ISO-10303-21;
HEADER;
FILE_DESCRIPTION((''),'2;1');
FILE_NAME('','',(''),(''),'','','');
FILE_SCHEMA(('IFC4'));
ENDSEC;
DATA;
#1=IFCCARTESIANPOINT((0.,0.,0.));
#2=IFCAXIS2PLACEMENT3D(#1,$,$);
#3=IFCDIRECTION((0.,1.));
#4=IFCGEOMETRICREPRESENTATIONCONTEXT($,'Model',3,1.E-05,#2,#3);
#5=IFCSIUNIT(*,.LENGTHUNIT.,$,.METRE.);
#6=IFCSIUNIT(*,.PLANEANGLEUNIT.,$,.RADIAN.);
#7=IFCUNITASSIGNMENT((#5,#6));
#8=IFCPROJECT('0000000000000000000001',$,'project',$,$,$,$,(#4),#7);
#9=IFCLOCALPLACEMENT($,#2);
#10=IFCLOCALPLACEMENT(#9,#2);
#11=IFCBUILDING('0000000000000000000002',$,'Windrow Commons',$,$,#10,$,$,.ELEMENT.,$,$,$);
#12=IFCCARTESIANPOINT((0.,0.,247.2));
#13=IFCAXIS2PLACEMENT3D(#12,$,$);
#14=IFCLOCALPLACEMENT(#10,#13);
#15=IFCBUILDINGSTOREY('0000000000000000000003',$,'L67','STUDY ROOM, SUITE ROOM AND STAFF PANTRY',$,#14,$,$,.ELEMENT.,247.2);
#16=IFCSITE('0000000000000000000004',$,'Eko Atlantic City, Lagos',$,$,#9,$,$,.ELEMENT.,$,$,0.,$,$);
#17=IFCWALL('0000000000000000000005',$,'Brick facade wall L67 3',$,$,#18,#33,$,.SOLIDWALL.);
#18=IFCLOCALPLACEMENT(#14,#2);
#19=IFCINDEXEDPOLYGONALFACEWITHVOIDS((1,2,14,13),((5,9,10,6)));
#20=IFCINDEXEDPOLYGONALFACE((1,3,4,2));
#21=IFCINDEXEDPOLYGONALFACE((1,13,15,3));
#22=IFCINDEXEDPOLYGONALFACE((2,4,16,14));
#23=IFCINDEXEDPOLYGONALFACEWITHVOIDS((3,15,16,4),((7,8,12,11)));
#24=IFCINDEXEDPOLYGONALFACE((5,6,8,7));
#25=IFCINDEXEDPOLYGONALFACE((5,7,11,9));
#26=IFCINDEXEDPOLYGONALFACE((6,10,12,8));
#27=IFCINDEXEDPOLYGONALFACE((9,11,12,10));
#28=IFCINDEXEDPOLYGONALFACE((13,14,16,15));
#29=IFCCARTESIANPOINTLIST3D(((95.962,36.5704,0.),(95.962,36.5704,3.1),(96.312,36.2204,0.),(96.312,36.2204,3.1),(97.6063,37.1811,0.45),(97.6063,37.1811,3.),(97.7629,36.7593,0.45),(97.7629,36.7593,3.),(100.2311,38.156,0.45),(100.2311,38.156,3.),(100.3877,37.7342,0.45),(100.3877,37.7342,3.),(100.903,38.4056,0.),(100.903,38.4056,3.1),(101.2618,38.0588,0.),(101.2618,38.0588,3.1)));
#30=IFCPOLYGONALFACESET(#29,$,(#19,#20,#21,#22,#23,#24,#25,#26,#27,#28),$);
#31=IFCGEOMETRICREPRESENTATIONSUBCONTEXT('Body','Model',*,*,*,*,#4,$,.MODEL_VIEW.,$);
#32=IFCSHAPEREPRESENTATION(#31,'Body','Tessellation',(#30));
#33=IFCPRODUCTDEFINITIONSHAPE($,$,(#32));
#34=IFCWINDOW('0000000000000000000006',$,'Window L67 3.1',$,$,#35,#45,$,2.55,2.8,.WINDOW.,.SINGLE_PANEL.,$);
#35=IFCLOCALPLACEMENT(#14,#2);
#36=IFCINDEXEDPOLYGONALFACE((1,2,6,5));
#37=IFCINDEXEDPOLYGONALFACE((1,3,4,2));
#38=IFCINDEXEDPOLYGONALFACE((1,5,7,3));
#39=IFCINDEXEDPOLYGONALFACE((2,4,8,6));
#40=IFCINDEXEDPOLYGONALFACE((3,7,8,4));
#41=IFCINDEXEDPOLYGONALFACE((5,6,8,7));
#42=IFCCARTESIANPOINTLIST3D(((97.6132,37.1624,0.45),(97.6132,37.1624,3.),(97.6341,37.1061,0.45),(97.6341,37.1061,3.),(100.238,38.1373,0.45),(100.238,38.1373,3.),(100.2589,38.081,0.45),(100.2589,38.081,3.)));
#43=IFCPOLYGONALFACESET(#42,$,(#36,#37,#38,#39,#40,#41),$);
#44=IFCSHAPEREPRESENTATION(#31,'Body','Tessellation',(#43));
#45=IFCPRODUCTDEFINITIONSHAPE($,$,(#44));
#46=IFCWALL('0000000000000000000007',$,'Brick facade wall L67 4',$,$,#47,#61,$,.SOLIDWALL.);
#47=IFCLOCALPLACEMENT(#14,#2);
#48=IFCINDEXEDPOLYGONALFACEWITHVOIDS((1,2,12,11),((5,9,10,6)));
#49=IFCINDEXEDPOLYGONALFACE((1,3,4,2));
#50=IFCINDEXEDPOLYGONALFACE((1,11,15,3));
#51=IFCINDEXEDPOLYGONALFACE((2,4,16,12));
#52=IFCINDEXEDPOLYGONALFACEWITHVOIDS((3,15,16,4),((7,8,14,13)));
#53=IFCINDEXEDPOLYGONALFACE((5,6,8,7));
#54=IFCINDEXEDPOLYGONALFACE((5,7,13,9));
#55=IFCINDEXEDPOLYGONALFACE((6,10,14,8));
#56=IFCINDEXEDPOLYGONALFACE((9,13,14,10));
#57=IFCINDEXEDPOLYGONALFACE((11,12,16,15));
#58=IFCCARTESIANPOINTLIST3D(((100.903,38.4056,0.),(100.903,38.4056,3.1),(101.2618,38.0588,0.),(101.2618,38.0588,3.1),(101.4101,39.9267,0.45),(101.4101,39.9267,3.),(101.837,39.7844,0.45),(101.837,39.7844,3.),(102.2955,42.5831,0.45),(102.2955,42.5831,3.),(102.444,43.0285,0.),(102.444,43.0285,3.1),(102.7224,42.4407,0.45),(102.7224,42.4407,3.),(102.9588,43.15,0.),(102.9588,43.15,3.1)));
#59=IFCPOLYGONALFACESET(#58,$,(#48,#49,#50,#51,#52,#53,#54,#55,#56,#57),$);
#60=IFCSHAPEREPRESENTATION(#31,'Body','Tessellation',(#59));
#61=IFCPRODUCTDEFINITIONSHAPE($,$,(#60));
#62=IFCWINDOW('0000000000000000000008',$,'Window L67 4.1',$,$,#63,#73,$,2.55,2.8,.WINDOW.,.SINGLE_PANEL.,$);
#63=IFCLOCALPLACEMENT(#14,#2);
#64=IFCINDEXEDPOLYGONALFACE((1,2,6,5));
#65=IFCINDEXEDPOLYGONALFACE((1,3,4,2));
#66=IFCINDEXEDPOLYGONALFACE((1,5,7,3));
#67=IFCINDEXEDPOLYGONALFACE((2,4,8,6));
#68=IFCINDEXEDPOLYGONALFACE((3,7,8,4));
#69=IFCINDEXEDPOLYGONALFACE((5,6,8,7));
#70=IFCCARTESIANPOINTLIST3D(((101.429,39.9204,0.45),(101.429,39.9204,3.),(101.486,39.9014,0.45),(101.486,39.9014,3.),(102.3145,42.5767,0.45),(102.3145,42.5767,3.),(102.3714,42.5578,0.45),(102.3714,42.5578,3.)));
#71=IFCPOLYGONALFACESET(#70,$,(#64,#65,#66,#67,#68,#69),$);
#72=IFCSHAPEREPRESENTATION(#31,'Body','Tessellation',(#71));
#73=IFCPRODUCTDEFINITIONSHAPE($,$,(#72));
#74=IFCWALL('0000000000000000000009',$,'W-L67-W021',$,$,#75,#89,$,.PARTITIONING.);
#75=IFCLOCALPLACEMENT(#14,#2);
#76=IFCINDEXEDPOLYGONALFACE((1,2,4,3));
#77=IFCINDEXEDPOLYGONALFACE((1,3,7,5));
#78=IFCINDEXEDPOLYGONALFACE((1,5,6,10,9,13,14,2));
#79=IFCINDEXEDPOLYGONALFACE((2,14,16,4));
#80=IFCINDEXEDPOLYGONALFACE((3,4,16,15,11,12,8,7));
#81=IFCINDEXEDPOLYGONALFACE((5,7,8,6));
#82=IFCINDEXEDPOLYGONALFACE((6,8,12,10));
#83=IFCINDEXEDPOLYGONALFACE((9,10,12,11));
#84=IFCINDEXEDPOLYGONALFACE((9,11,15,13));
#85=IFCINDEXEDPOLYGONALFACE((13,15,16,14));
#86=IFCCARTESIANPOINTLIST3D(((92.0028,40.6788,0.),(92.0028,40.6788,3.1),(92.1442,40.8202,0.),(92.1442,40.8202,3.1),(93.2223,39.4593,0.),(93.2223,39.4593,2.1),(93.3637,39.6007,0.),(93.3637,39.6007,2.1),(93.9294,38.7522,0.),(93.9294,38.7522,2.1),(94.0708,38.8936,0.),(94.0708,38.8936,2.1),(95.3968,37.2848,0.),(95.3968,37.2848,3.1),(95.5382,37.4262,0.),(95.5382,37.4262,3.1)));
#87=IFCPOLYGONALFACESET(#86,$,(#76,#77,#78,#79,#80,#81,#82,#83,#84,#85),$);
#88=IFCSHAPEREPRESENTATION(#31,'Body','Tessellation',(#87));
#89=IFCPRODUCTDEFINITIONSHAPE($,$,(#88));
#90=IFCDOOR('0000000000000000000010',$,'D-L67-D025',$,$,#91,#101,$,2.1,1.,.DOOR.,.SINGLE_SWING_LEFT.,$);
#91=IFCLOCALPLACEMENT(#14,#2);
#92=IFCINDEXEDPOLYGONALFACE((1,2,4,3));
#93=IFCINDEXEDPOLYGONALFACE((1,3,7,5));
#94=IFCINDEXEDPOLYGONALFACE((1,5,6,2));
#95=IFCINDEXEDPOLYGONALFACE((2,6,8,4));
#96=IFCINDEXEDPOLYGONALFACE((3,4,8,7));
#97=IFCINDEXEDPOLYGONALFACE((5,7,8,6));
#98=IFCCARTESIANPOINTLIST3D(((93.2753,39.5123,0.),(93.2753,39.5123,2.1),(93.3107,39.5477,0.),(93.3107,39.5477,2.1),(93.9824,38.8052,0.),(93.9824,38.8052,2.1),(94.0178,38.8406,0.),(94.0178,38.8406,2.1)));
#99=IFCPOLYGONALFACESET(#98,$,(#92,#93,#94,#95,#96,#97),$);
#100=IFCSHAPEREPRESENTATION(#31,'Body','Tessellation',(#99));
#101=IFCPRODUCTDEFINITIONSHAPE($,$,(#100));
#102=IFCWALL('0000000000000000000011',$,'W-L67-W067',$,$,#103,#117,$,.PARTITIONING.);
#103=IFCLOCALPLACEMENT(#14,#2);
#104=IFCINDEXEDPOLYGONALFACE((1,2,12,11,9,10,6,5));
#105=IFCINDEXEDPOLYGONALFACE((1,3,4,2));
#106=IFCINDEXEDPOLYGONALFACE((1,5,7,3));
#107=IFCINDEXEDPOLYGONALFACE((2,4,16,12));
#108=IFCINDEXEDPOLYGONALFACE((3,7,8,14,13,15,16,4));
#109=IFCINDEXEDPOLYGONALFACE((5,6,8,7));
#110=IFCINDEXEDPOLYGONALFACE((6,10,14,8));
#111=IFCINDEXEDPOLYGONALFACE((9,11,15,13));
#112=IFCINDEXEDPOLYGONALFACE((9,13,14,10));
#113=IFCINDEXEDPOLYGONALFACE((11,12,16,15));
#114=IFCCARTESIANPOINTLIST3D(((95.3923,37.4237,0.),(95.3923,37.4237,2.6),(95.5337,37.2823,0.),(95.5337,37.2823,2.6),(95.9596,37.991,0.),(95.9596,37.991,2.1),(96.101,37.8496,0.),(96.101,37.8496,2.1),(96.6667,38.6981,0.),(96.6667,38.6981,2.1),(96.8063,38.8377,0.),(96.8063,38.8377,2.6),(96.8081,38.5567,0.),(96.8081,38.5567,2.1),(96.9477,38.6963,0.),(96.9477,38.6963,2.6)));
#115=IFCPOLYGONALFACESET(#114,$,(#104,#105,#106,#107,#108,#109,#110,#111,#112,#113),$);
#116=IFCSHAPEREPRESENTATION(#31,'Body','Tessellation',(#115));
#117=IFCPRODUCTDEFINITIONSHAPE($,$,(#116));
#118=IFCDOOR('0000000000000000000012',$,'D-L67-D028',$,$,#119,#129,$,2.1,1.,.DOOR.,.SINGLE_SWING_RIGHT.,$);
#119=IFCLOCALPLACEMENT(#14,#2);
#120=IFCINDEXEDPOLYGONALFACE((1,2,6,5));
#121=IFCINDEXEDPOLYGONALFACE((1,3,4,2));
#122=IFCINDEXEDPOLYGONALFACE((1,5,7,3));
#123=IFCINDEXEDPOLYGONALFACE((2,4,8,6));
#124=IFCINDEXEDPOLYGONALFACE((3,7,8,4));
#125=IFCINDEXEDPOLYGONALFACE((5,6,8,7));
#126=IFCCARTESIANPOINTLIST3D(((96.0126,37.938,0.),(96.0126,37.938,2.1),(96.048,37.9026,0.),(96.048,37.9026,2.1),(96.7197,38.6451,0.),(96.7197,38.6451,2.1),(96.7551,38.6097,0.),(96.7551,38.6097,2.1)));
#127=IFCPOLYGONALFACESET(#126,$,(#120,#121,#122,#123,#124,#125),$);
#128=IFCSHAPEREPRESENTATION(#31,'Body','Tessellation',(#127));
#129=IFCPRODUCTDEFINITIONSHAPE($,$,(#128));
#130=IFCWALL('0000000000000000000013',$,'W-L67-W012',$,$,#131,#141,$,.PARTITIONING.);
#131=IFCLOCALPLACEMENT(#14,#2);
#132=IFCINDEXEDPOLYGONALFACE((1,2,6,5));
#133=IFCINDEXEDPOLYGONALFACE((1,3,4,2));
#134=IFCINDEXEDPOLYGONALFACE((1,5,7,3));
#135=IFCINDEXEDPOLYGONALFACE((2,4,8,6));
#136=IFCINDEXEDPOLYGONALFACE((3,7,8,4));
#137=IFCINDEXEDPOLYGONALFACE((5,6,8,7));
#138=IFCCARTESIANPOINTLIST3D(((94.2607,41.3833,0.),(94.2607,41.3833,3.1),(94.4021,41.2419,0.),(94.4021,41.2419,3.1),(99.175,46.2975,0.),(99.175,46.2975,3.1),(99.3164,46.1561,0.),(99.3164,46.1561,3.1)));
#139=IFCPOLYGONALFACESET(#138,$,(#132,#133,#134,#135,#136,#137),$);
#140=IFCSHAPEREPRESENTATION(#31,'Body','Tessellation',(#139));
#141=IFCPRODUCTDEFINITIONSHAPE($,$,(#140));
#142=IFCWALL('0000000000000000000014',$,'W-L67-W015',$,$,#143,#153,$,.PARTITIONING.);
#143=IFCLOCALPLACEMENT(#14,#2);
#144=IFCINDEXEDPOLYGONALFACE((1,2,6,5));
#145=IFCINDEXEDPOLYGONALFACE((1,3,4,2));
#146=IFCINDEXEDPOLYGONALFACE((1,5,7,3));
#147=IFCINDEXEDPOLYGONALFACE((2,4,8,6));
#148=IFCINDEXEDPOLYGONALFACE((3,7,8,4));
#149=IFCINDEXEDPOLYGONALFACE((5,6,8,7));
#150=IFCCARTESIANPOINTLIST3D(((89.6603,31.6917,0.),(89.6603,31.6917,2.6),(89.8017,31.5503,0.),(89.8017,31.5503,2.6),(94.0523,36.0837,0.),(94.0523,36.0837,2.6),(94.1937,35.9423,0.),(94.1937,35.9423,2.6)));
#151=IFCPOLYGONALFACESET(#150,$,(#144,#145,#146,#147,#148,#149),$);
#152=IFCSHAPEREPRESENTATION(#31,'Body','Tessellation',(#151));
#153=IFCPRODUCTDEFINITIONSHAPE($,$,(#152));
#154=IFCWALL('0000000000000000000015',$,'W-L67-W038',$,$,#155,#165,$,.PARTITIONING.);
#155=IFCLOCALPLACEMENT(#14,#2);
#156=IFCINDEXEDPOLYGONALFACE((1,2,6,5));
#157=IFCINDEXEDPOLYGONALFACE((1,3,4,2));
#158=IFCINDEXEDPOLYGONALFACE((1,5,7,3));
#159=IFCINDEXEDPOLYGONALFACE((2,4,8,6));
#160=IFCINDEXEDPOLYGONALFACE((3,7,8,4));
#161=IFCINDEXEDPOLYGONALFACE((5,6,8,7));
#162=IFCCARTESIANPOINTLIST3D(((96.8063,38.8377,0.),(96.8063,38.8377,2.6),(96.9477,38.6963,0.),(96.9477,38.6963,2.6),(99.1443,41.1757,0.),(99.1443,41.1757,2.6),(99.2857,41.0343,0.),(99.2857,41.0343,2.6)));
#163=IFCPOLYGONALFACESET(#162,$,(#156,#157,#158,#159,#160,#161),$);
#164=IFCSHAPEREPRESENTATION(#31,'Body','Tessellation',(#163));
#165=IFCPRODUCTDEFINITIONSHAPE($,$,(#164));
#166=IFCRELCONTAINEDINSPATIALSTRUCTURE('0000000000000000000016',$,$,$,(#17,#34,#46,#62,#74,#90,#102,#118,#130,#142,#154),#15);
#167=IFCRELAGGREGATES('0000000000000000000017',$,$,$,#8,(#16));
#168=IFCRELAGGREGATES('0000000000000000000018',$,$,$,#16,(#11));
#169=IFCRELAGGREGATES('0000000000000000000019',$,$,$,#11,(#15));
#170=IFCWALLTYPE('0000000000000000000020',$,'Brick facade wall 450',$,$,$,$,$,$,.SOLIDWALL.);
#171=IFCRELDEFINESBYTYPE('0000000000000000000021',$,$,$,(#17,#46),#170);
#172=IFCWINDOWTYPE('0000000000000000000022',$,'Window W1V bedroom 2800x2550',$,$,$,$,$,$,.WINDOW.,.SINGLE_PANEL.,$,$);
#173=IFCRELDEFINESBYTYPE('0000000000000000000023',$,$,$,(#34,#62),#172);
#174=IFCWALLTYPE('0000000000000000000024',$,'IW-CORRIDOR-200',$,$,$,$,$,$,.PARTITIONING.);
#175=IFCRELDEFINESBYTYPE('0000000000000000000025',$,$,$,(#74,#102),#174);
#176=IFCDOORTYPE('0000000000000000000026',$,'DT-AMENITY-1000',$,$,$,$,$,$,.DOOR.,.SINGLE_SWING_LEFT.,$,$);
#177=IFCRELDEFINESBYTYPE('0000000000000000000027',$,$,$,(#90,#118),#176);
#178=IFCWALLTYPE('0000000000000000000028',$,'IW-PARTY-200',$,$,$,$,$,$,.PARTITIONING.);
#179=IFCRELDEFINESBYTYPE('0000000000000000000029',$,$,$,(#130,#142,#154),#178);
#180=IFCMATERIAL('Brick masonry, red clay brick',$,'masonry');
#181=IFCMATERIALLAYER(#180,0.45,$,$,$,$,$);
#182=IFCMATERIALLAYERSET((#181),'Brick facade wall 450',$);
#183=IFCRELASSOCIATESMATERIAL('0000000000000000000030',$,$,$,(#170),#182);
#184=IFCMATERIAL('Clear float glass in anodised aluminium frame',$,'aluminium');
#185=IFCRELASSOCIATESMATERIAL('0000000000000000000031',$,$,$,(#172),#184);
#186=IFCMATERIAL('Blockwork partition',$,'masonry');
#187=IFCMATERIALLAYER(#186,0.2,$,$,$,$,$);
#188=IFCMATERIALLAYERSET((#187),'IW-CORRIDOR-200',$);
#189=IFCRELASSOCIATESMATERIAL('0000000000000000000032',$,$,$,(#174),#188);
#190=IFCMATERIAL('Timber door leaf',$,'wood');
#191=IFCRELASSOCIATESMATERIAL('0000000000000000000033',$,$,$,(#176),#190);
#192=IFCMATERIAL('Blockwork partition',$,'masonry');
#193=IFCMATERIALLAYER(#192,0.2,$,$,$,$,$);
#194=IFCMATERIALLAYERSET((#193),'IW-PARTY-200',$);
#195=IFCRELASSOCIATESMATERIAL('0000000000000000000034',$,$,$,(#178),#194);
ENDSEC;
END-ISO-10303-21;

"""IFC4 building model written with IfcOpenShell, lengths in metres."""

from ifc_helpers import new_model, si_unit, direction, frame, frame_2d, origin, place, context, subcontext, project, spatial, polyline, rectangle, outline, extrude, material, layer, layer_set, type_object, element, fill, save


model = new_model("IFC4")

# Units and contexts
model_context = context("Model", 3, precision=1e-05, world=origin(), true_north=direction((0.0, 1.0)))
body_context = subcontext(model_context, "Body", "Model", "MODEL_VIEW")
ifc_project = project(units=[si_unit("LENGTHUNIT", "METRE"), si_unit("PLANEANGLEUNIT", "RADIAN")], contexts=[model_context])

# Site, building, storey
site_placement = place(None, origin())
site = spatial("IfcSite", under=ifc_project, at=site_placement, Name="Eko Atlantic City, Lagos", CompositionType="ELEMENT", RefElevation=0.0)
building_placement = place(site_placement, origin())
building = spatial("IfcBuilding", under=site, at=building_placement, Name="Windrow Commons", CompositionType="ELEMENT")
storey_placement = place(building_placement, frame((0.0, 0.0, 247.2)))
storey = spatial("IfcBuildingStorey", under=building, at=storey_placement, Name="L67", Description="STUDY ROOM, SUITE ROOM AND STAFF PANTRY", CompositionType="ELEMENT", Elevation=247.2)

# Walls, openings, windows
ifc_material_1 = material(Name="Brick masonry, red clay brick", Category="masonry")
ifc_layer_1 = layer(ifc_material_1, 0.45)
ifc_layer_set_1 = layer_set([ifc_layer_1], Name="Brick facade wall 450")
wall_type_1 = type_object("IfcWallType", Name="Brick facade wall 450", PredefinedType="SOLIDWALL", material=ifc_layer_set_1)
ifc_material_2 = material(Name="Clear float glass in anodised aluminium frame", Category="aluminium")
window_type = type_object("IfcWindowType", Name="Window W1V bedroom 2800x2550", PartitioningType="SINGLE_PANEL", PredefinedType="WINDOW", material=ifc_material_2)
wall_1_placement = place(storey_placement, frame((96.137, 36.3954, 0.0), z_axis=(0.0, 0.0, 1.0), x_axis=(0.937429, 0.348176, 0.0)))
wall_1 = element("IfcWall", 1, at=wall_1_placement, inside=storey, type_object=wall_type_1, Name="Brick facade wall L67 3", PredefinedType="SOLIDWALL", context=body_context, shape_type="SweptSolid", body=[
    extrude(outline(polyline([(0.1031, -0.225), (5.3833, -0.225), (5.1677, 0.225), (-0.1031, 0.225), (0.1031, -0.225)])), origin(), (0.0, 0.0, 1.0), 3.1),
])
opening_1_placement = place(wall_1_placement, frame((1.6509, 0.0, 0.45)))
opening_1 = element("IfcOpeningElement", 2, at=opening_1_placement, cuts=wall_1, PredefinedType="OPENING", context=body_context, shape_type="SweptSolid", body=[
    extrude(rectangle(XDim=2.8, YDim=2.55, at=frame_2d((1.4, 1.275))), frame((0.0, 0.235, 0.0), z_axis=(0.0, -1.0, 0.0), x_axis=(1.0, 0.0, 0.0)), (0.0, 0.0, 1.0), 0.47),
])
window_1_placement = place(opening_1_placement, origin())
window_1 = element("IfcWindow", 3, at=window_1_placement, inside=storey, type_object=window_type, Name="Window L67 3.1", OverallHeight=2.55, OverallWidth=2.8, PartitioningType="SINGLE_PANEL", PredefinedType="WINDOW", context=body_context, shape_type="SweptSolid", body=[
    extrude(rectangle(XDim=2.8, YDim=2.55, at=frame_2d((1.4, 1.275))), frame((0.0, 0.205, 0.0), z_axis=(0.0, -1.0, 0.0), x_axis=(1.0, 0.0, 0.0)), (0.0, 0.0, 1.0), 0.06),
])
fill(opening_1, window_1)
wall_2_placement = place(storey_placement, frame((101.0824, 38.2322, 0.0), z_axis=(0.0, 0.0, 1.0), x_axis=(0.316228, 0.948683, 0.0)))
wall_2 = element("IfcWall", 4, at=wall_2_placement, inside=storey, type_object=wall_type_1, Name="Brick facade wall L67 4", PredefinedType="SOLIDWALL", context=body_context, shape_type="SweptSolid", body=[
    extrude(outline(polyline([(-0.1078, -0.225), (5.2588, -0.225), (4.9807, 0.225), (0.1078, 0.225), (-0.1078, -0.225)])), origin(), (0.0, 0.0, 1.0), 3.1),
])
opening_2_placement = place(wall_2_placement, frame((1.7112, 0.0, 0.45)))
opening_2 = element("IfcOpeningElement", 5, at=opening_2_placement, cuts=wall_2, PredefinedType="OPENING", context=body_context, shape_type="SweptSolid", body=[
    extrude(rectangle(XDim=2.8, YDim=2.55, at=frame_2d((1.4, 1.275))), frame((0.0, 0.235, 0.0), z_axis=(0.0, -1.0, 0.0), x_axis=(1.0, 0.0, 0.0)), (0.0, 0.0, 1.0), 0.47),
])
window_2_placement = place(opening_2_placement, origin())
window_2 = element("IfcWindow", 6, at=window_2_placement, inside=storey, type_object=window_type, Name="Window L67 4.1", OverallHeight=2.55, OverallWidth=2.8, PartitioningType="SINGLE_PANEL", PredefinedType="WINDOW", context=body_context, shape_type="SweptSolid", body=[
    extrude(rectangle(XDim=2.8, YDim=2.55, at=frame_2d((1.4, 1.275))), frame((0.0, 0.205, 0.0), z_axis=(0.0, -1.0, 0.0), x_axis=(1.0, 0.0, 0.0)), (0.0, 0.0, 1.0), 0.06),
])
fill(opening_2, window_2)

# Walls, openings, doors
ifc_material_3 = material(Name="Blockwork partition", Category="masonry")
ifc_layer_2 = layer(ifc_material_3, 0.2)
ifc_layer_set_2 = layer_set([ifc_layer_2], Name="IW-CORRIDOR-200")
wall_type_2 = type_object("IfcWallType", Name="IW-CORRIDOR-200", PredefinedType="PARTITIONING", material=ifc_layer_set_2)
wall_3_placement = place(storey_placement, frame((92.0735, 40.7495, 0.0), z_axis=(0.0, 0.0, 1.0), x_axis=(0.707107, -0.707107, 0.0)))
wall_3 = element("IfcWall", 7, at=wall_3_placement, inside=storey, type_object=wall_type_2, Name="W-L67-W021", PredefinedType="PARTITIONING", context=body_context, shape_type="SweptSolid", body=[
    extrude(rectangle(XDim=4.7998, YDim=0.2, at=frame_2d((2.3999, 0.0))), origin(), (0.0, 0.0, 1.0), 3.1),
])
opening_3_placement = place(wall_3_placement, frame((1.7246, 0.0, 0.0)))
opening_3 = element("IfcOpeningElement", 8, at=opening_3_placement, cuts=wall_3, PredefinedType="OPENING", context=body_context, shape_type="SweptSolid", body=[
    extrude(rectangle(XDim=1.0, YDim=2.1, at=frame_2d((0.5, 1.05))), frame((0.0, 0.11, 0.0), z_axis=(0.0, -1.0, 0.0), x_axis=(1.0, 0.0, 0.0)), (0.0, 0.0, 1.0), 0.22),
])
ifc_material_4 = material(Name="Timber door leaf", Category="wood")
door_type_1 = type_object("IfcDoorType", Name="DT-AMENITY-1000", OperationType="SINGLE_SWING_LEFT", PredefinedType="DOOR", material=ifc_material_4)
door_1_placement = place(opening_3_placement, origin())
door_1 = element("IfcDoor", 9, at=door_1_placement, inside=storey, type_object=door_type_1, Name="D-L67-D025", OperationType="SINGLE_SWING_LEFT", OverallHeight=2.1, OverallWidth=1.0, PredefinedType="DOOR", context=body_context, shape_type="SweptSolid", body=[
    extrude(rectangle(XDim=1.0, YDim=2.1, at=frame_2d((0.5, 1.05))), frame((0.0, 0.025, 0.0), z_axis=(0.0, -1.0, 0.0), x_axis=(1.0, 0.0, 0.0)), (0.0, 0.0, 1.0), 0.05),
])
fill(opening_3, door_1)
wall_4_placement = place(storey_placement, frame((95.463, 37.353, 0.0), z_axis=(0.0, 0.0, 1.0), x_axis=(0.707107, 0.707107, 0.0)))
wall_4 = element("IfcWall", 10, at=wall_4_placement, inside=storey, type_object=wall_type_2, Name="W-L67-W067", PredefinedType="PARTITIONING", context=body_context, shape_type="SweptSolid", body=[
    extrude(rectangle(XDim=1.9997, YDim=0.2, at=frame_2d((0.9999, 0.0))), origin(), (0.0, 0.0, 1.0), 2.6),
])
opening_4_placement = place(wall_4_placement, frame((0.8023, 0.0, 0.0)))
opening_4 = element("IfcOpeningElement", 11, at=opening_4_placement, cuts=wall_4, PredefinedType="OPENING", context=body_context, shape_type="SweptSolid", body=[
    extrude(rectangle(XDim=1.0, YDim=2.1, at=frame_2d((0.5, 1.05))), frame((0.0, 0.11, 0.0), z_axis=(0.0, -1.0, 0.0), x_axis=(1.0, 0.0, 0.0)), (0.0, 0.0, 1.0), 0.22),
])
door_2_placement = place(opening_4_placement, origin())
door_2 = element("IfcDoor", 12, at=door_2_placement, inside=storey, type_object=door_type_1, Name="D-L67-D028", OperationType="SINGLE_SWING_RIGHT", OverallHeight=2.1, OverallWidth=1.0, PredefinedType="DOOR", context=body_context, shape_type="SweptSolid", body=[
    extrude(rectangle(XDim=1.0, YDim=2.1, at=frame_2d((0.5, 1.05))), frame((0.0, 0.025, 0.0), z_axis=(0.0, -1.0, 0.0), x_axis=(1.0, 0.0, 0.0)), (0.0, 0.0, 1.0), 0.05),
])
fill(opening_4, door_2)

# Walls
ifc_material_5 = material(Name="Blockwork partition", Category="masonry")
ifc_layer_3 = layer(ifc_material_5, 0.2)
ifc_layer_set_3 = layer_set([ifc_layer_3], Name="IW-PARTY-200")
wall_type_3 = type_object("IfcWallType", Name="IW-PARTY-200", PredefinedType="PARTITIONING", material=ifc_layer_set_3)
wall_5_placement = place(storey_placement, frame((94.3314, 41.3126, 0.0), z_axis=(0.0, 0.0, 1.0), x_axis=(0.707114, 0.7071, 0.0)))
element("IfcWall", 13, at=wall_5_placement, inside=storey, type_object=wall_type_3, Name="W-L67-W012", PredefinedType="PARTITIONING", context=body_context, shape_type="SweptSolid", body=[
    extrude(rectangle(XDim=6.9498, YDim=0.2, at=frame_2d((3.4749, 0.0))), origin(), (0.0, 0.0, 1.0), 3.1),
])
wall_6_placement = place(storey_placement, frame((89.731, 31.621, 0.0), z_axis=(0.0, 0.0, 1.0), x_axis=(0.707107, 0.707107, 0.0)))
element("IfcWall", 14, at=wall_6_placement, inside=storey, type_object=wall_type_3, Name="W-L67-W015", PredefinedType="PARTITIONING", context=body_context, shape_type="SweptSolid", body=[
    extrude(rectangle(XDim=6.2112, YDim=0.2, at=frame_2d((3.1056, 0.0))), origin(), (0.0, 0.0, 1.0), 2.6),
])
wall_7_placement = place(storey_placement, frame((96.877, 38.767, 0.0), z_axis=(0.0, 0.0, 1.0), x_axis=(0.707107, 0.707107, 0.0)))
element("IfcWall", 15, at=wall_7_placement, inside=storey, type_object=wall_type_3, Name="W-L67-W038", PredefinedType="PARTITIONING", context=body_context, shape_type="SweptSolid", body=[
    extrude(rectangle(XDim=3.3064, YDim=0.2, at=frame_2d((1.6532, 0.0))), origin(), (0.0, 0.0, 1.0), 2.6),
])

save(model, "model.ifc")
